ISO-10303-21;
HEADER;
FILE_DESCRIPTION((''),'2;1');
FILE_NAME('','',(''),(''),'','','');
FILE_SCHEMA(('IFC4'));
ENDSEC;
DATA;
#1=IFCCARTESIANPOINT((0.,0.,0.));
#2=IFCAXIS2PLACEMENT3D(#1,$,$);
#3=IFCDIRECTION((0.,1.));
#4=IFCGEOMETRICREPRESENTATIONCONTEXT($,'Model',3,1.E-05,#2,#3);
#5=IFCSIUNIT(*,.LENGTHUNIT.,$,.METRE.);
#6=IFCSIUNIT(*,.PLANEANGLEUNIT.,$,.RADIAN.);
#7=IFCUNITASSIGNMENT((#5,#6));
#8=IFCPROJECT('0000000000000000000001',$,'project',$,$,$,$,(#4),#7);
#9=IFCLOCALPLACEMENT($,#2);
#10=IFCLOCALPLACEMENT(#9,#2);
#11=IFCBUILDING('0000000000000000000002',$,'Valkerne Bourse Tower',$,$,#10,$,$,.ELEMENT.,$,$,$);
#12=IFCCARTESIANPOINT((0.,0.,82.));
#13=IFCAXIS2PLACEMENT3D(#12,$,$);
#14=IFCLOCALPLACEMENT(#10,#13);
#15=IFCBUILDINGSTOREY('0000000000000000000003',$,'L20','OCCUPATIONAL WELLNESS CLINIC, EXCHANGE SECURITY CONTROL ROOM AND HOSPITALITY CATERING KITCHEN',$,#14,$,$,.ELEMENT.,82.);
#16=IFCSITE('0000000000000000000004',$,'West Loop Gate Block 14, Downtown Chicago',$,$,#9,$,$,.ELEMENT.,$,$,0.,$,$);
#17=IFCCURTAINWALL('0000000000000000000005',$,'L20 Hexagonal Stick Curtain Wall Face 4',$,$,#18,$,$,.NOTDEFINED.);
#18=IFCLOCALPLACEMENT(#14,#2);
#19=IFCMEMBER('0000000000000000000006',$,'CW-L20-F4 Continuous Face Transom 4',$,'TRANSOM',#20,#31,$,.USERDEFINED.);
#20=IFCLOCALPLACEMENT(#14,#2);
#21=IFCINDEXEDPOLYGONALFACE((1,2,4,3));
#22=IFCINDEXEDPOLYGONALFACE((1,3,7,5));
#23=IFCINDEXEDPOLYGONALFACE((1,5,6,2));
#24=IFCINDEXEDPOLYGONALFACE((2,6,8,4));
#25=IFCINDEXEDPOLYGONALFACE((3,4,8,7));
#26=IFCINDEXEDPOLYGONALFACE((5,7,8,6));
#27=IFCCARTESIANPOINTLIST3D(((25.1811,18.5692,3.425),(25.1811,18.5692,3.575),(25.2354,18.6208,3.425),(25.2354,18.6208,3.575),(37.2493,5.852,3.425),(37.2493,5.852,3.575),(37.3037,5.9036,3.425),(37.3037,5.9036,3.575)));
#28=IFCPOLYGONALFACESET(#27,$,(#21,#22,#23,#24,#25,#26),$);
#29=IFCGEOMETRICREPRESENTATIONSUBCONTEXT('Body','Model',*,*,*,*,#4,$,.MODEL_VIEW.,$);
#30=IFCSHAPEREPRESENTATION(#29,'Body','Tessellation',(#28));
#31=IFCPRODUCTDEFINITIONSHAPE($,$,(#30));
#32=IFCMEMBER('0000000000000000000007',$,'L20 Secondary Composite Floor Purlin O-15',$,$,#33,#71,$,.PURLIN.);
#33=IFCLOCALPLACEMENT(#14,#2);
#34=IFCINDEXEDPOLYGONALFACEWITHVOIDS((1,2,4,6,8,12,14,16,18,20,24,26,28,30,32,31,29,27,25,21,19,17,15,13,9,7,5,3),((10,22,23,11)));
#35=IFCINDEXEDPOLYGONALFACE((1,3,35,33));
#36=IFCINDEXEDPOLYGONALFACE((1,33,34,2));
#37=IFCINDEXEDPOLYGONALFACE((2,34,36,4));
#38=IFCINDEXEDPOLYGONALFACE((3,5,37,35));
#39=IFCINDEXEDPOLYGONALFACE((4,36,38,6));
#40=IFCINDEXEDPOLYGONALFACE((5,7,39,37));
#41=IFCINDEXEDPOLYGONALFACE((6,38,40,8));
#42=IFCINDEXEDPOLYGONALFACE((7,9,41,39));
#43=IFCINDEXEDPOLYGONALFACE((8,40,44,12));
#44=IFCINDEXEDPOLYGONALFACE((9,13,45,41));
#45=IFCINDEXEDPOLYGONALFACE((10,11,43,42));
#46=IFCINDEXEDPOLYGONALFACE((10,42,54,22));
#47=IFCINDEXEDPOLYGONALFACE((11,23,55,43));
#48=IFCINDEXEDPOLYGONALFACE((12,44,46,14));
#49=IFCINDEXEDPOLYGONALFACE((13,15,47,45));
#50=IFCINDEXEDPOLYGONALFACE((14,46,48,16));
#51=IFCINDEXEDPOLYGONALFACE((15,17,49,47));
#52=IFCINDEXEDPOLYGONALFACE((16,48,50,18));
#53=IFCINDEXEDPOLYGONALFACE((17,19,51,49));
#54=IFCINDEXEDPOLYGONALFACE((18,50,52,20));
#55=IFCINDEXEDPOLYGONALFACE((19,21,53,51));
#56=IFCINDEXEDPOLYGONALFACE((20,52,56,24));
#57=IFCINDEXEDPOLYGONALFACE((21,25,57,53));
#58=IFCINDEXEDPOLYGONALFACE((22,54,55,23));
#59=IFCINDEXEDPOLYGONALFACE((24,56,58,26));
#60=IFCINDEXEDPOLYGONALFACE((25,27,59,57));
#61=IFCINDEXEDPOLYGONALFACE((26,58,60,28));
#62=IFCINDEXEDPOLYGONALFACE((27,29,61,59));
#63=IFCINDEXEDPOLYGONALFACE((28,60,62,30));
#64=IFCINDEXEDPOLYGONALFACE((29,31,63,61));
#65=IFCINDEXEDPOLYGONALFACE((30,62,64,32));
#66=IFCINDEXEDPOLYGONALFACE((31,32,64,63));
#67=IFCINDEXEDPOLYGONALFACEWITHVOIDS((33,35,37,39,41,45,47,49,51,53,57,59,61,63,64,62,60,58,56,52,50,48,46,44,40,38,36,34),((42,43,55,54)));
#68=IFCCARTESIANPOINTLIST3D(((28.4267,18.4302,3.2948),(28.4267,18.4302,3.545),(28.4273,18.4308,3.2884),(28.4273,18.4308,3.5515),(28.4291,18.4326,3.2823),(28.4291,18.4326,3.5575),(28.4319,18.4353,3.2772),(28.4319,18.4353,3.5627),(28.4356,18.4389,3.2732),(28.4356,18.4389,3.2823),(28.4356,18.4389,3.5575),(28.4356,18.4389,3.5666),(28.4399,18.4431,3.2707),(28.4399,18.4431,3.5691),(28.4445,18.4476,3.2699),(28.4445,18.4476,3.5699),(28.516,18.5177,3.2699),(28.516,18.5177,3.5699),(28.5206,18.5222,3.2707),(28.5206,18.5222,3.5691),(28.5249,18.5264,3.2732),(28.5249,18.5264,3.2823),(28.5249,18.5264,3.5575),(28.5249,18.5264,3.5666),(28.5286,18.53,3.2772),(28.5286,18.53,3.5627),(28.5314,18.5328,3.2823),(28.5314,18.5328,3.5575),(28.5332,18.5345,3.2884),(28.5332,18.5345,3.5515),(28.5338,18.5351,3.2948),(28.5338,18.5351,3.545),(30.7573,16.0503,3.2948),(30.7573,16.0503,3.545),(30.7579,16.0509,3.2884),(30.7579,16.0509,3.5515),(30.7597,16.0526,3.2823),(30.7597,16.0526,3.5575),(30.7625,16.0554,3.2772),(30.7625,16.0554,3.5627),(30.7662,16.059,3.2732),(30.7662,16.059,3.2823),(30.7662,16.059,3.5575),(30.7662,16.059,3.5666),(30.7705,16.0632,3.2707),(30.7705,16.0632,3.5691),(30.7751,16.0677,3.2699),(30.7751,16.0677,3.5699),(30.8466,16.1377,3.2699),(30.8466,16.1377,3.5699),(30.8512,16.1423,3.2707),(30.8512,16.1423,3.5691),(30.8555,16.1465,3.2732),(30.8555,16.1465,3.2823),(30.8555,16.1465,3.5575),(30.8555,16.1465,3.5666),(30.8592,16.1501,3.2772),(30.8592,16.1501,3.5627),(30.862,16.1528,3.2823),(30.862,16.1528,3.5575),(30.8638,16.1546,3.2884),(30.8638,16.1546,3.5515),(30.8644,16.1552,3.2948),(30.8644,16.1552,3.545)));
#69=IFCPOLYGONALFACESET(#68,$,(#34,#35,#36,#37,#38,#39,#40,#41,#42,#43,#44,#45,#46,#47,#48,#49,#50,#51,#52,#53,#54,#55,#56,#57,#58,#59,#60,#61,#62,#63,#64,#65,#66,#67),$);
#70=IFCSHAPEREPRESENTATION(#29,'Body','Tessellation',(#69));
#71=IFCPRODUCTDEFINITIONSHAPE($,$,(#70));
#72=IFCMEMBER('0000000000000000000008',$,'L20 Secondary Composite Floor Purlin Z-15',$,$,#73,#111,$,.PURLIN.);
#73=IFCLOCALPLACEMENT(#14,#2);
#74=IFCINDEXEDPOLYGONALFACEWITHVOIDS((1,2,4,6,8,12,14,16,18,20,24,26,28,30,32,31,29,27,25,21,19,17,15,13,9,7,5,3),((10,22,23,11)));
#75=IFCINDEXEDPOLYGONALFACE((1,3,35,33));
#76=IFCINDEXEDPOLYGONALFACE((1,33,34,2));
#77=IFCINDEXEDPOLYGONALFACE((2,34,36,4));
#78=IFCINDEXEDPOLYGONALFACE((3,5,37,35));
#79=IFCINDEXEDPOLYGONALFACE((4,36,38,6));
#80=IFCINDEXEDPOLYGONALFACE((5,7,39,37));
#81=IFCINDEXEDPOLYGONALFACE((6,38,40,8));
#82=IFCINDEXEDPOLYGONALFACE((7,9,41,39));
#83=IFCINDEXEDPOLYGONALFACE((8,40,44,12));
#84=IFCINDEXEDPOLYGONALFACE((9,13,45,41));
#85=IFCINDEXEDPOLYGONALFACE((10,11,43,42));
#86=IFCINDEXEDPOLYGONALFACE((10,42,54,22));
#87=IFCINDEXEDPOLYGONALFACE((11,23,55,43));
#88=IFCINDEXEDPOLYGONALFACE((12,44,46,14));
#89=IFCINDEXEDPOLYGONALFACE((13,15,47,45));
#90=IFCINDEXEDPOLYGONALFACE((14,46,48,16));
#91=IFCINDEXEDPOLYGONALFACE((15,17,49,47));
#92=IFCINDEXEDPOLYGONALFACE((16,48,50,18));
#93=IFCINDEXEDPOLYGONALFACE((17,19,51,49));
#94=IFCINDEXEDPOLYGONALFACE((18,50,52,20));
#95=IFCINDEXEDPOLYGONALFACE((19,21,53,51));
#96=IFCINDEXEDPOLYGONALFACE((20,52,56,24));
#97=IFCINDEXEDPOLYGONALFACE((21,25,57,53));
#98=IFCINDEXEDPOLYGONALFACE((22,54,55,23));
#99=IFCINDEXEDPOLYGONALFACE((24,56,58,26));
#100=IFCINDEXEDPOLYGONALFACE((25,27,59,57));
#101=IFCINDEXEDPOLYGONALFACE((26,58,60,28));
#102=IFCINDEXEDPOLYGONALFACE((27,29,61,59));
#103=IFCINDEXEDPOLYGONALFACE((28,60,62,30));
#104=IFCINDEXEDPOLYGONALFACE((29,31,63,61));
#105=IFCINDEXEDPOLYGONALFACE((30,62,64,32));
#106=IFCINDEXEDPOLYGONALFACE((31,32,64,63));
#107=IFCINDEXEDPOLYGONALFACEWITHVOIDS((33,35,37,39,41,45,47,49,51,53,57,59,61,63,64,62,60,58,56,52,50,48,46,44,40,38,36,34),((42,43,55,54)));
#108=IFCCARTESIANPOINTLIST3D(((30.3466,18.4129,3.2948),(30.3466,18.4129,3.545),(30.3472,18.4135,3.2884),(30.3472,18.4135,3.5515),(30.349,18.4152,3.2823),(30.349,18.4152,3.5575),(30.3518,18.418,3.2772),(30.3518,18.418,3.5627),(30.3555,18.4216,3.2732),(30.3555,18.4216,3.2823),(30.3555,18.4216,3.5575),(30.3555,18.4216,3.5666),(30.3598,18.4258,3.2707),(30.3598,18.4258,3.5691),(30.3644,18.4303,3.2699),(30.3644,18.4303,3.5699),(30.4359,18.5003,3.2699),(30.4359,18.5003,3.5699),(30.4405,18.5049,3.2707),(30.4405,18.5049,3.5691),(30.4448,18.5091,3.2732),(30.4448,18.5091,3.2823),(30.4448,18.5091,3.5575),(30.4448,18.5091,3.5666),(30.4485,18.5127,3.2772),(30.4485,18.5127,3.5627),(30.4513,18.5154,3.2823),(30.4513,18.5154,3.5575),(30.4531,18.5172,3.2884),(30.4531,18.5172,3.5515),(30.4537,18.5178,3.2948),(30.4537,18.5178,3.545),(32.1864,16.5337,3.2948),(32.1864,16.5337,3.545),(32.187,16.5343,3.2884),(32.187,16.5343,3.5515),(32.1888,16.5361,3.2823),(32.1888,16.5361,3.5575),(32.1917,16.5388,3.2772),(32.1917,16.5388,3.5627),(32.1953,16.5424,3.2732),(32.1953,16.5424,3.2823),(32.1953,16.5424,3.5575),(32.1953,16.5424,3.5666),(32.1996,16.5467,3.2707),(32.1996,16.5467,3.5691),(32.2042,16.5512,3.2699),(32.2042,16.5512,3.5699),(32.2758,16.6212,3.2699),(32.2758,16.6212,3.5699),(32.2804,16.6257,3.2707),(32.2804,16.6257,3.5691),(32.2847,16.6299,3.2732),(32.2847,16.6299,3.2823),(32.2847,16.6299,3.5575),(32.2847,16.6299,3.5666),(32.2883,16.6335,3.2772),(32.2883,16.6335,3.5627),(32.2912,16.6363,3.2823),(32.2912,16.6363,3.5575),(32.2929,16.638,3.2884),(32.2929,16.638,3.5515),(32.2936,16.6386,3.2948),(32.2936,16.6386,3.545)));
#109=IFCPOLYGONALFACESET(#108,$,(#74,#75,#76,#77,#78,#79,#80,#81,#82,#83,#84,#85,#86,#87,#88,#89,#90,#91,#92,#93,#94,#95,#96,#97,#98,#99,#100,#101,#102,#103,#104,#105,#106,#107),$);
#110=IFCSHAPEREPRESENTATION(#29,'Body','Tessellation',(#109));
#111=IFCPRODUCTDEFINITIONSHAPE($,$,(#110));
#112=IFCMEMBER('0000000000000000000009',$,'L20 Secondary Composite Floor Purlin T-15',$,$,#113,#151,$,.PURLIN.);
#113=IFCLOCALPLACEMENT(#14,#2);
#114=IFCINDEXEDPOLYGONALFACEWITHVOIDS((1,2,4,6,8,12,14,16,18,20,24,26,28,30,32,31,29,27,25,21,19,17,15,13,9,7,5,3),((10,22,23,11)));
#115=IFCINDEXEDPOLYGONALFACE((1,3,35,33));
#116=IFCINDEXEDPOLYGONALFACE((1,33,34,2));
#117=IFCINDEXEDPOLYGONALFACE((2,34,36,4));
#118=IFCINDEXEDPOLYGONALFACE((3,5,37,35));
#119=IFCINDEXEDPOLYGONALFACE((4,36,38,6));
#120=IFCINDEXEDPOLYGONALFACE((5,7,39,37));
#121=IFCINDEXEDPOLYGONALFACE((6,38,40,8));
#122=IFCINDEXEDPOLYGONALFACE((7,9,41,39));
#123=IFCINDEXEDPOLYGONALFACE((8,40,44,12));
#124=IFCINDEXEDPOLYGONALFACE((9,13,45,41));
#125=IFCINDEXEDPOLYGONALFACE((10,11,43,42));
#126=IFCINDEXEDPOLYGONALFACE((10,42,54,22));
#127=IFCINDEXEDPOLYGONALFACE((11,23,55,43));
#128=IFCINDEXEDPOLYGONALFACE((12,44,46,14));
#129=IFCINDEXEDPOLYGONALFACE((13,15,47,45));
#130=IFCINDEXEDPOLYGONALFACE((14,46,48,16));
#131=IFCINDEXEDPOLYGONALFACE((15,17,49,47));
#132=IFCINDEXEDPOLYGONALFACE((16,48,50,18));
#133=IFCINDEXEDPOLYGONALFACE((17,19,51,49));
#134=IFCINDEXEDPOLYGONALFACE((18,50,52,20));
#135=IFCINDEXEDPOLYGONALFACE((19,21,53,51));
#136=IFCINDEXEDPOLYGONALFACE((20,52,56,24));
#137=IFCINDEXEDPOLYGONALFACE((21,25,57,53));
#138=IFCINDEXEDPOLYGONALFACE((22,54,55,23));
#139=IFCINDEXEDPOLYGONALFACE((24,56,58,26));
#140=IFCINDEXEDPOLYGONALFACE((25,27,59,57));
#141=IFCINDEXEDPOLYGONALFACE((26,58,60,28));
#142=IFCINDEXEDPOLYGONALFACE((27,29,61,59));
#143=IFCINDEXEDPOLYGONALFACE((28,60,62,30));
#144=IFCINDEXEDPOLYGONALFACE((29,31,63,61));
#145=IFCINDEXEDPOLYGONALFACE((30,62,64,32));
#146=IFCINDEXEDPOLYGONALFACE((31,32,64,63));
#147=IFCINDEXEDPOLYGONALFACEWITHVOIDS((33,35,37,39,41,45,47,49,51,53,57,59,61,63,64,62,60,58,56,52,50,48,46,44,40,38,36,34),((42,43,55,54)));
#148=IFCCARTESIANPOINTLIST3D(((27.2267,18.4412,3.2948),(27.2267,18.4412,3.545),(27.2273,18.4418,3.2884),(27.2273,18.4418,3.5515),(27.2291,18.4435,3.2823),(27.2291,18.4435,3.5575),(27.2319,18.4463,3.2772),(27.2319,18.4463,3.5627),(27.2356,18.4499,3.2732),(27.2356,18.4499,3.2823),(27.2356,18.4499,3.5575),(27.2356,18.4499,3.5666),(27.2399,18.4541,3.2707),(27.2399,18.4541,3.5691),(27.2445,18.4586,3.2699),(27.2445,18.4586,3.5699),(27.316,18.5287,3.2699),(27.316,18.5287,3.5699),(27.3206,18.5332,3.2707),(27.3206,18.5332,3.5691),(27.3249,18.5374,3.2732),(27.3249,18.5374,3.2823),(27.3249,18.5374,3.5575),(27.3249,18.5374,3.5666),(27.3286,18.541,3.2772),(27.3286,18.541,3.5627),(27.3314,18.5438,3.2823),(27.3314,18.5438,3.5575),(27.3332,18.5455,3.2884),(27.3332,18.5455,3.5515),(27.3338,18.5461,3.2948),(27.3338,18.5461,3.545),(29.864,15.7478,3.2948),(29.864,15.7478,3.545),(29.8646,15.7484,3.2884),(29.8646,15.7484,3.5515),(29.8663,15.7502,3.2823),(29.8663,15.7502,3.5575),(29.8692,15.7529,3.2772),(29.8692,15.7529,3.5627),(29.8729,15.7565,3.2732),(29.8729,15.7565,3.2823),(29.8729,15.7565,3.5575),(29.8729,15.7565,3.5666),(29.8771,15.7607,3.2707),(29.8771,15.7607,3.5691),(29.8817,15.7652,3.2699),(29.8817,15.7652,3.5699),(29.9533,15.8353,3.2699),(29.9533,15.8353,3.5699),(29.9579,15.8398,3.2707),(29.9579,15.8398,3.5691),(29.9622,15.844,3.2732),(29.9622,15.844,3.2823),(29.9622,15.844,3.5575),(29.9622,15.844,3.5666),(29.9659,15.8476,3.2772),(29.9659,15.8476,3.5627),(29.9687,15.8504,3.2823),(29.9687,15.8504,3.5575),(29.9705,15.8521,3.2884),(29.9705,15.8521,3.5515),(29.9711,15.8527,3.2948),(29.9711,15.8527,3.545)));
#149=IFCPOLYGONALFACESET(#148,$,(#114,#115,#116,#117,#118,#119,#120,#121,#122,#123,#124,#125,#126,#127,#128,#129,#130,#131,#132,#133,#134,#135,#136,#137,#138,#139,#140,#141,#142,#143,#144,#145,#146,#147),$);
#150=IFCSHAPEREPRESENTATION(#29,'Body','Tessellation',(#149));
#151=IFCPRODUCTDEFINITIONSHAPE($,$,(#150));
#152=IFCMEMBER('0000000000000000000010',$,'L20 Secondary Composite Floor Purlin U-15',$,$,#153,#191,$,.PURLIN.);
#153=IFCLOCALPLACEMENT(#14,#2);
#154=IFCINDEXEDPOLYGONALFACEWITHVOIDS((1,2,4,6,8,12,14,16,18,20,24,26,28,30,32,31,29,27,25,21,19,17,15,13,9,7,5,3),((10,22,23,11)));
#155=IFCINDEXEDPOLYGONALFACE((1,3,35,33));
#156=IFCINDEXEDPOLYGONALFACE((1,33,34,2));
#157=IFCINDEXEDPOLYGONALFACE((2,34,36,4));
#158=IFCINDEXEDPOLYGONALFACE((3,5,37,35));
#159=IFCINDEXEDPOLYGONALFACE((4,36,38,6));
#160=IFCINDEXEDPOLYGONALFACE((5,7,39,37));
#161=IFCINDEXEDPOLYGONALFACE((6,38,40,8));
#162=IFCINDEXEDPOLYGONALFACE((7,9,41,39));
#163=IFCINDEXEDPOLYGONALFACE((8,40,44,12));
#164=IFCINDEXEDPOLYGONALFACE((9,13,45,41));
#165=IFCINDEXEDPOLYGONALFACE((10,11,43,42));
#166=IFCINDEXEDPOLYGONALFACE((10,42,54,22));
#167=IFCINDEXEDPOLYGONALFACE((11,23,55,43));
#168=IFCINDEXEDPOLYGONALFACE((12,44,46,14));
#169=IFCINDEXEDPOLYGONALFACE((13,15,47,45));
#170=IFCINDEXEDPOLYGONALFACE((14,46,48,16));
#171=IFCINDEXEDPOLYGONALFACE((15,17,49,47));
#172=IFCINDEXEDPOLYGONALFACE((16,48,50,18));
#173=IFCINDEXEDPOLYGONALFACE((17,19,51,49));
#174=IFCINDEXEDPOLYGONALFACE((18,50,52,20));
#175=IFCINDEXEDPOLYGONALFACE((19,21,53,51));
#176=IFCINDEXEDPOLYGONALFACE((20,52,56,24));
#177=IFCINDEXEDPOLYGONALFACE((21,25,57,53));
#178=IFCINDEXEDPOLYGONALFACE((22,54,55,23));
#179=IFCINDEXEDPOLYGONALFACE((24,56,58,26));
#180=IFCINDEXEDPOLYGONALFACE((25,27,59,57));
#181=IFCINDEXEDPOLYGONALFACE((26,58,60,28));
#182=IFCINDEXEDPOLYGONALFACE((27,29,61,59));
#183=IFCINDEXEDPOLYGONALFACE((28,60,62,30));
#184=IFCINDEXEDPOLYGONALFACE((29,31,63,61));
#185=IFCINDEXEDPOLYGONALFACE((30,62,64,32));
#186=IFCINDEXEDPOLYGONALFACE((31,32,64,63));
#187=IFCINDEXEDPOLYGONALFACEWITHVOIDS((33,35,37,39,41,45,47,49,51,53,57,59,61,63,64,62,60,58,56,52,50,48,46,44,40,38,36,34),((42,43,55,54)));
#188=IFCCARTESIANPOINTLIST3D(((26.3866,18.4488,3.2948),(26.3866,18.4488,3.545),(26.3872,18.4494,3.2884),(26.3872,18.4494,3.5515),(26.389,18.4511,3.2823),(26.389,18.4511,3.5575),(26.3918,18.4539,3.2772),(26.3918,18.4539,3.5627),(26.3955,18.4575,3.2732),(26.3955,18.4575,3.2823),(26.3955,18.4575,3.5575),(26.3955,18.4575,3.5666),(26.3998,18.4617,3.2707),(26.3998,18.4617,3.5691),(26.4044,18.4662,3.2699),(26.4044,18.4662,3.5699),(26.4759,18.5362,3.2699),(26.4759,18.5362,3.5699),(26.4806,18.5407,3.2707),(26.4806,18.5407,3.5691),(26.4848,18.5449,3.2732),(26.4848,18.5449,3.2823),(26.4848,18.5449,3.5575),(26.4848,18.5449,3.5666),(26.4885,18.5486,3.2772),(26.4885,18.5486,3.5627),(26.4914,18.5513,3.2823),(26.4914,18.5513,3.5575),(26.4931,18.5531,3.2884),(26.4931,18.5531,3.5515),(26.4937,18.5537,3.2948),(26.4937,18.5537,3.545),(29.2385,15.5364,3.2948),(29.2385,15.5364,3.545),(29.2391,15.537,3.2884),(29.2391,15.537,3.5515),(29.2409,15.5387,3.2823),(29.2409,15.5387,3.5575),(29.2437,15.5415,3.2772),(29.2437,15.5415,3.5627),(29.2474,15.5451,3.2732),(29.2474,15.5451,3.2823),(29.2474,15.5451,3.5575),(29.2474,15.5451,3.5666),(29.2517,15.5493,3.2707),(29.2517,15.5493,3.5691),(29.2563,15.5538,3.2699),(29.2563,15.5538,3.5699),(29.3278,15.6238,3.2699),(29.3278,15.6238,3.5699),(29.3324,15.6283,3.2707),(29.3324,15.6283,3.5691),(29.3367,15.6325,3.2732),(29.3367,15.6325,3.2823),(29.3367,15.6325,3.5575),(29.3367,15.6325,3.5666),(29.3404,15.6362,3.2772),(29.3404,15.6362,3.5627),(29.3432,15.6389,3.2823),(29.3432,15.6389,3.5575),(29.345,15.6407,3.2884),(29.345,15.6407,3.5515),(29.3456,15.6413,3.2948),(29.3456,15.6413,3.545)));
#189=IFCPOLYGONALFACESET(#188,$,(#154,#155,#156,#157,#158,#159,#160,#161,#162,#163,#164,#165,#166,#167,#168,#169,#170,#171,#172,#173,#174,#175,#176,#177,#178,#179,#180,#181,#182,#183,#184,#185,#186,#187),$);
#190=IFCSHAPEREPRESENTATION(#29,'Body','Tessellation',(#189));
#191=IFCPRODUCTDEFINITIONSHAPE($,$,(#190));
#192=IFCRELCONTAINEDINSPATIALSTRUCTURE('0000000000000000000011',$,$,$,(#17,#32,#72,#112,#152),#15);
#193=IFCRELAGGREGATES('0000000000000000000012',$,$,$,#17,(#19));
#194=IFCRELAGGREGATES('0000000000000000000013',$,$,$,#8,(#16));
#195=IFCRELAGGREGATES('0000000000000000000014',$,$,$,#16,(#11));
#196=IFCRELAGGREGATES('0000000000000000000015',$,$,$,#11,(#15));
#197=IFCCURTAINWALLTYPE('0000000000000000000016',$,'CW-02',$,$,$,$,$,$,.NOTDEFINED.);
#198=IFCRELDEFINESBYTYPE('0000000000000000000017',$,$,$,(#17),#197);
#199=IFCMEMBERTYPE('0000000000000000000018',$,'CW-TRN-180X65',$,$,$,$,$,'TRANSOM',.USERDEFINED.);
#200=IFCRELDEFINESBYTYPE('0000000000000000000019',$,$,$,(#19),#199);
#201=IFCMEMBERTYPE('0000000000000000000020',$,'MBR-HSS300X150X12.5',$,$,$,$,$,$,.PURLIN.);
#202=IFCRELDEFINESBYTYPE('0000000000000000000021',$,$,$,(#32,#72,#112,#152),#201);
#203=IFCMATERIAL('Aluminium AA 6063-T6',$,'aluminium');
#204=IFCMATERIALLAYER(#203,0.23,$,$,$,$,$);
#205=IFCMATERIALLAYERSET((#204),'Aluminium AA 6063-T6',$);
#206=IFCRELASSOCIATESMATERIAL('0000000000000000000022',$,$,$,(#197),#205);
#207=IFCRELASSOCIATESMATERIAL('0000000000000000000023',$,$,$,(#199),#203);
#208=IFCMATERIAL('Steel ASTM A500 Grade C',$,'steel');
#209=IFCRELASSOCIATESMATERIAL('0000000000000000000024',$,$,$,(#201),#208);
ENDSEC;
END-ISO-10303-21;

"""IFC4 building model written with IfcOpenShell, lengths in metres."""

from ifc_helpers import new_model, si_unit, direction, frame, origin, origin_2d, place, context, subcontext, project, spatial, rectangle, hollow_rectangle, extrude, material, layer, layer_set, material_profile, profile_set, type_object, element, aggregate, save


model = new_model("IFC4")

# Units and contexts
model_context = context("Model", 3, precision=1e-05, world=origin(), true_north=direction((0.0, 1.0)))
body_context = subcontext(model_context, "Body", "Model", "MODEL_VIEW")
ifc_project = project(units=[si_unit("LENGTHUNIT", "METRE"), si_unit("PLANEANGLEUNIT", "RADIAN")], contexts=[model_context])

# Site, building, storey
site_placement = place(None, origin())
site = spatial("IfcSite", under=ifc_project, at=site_placement, Name="West Loop Gate Block 14, Downtown Chicago", CompositionType="ELEMENT", RefElevation=0.0)
building_placement = place(site_placement, origin())
building = spatial("IfcBuilding", under=site, at=building_placement, Name="Valkerne Bourse Tower", CompositionType="ELEMENT")
storey_placement = place(building_placement, frame((0.0, 0.0, 82.0)))
storey = spatial("IfcBuildingStorey", under=building, at=storey_placement, Name="L20", Description="OCCUPATIONAL WELLNESS CLINIC, EXCHANGE SECURITY CONTROL ROOM AND HOSPITALITY CATERING KITCHEN", CompositionType="ELEMENT", Elevation=82.0)

# Curtain wall, member
ifc_material_1 = material(Name="Aluminium AA 6063-T6", Category="aluminium")
ifc_layer_1 = layer(ifc_material_1, 0.23)
ifc_layer_set_1 = layer_set([ifc_layer_1], Name="Aluminium AA 6063-T6")
curtain_wall_type = type_object("IfcCurtainWallType", Name="CW-02", PredefinedType="NOTDEFINED", material=ifc_layer_set_1)
curtain_wall_placement = place(storey_placement, origin())
curtain_wall = element("IfcCurtainWall", 1, at=curtain_wall_placement, inside=storey, type_object=curtain_wall_type, Name="L20 Hexagonal Stick Curtain Wall Face 4", PredefinedType="NOTDEFINED")
ifc_material_profile_1 = material_profile(ifc_material_1, rectangle(XDim=0.075, YDim=0.1499, at=origin_2d()), Name="CWT-75X150")
ifc_profile_set_1 = profile_set([ifc_material_profile_1], Name="Aluminium AA 6063-T6")
member_type_1 = type_object("IfcMemberType", Name="CW-TRN-180X65", ElementType="TRANSOM", PredefinedType="USERDEFINED", material=ifc_profile_set_1)
member_1_placement = place(storey_placement, frame((25.2083, 18.595, 3.5), z_axis=(0.688358, -0.725371, 0.0), x_axis=(0.725371, 0.688358, 0.0)))
member_1 = element("IfcMember", 2, at=member_1_placement, type_object=member_type_1, Name="CW-L20-F4 Continuous Face Transom 4", ObjectType="TRANSOM", PredefinedType="USERDEFINED", context=body_context, shape_type="SweptSolid", body=[
    extrude(rectangle(XDim=0.075, YDim=0.1499, at=origin_2d()), origin(), (0.0, 0.0, 1.0), 17.532),
])
aggregate(curtain_wall, [member_1])

# Members
ifc_material_2 = material(Name="Steel ASTM A500 Grade C", Category="steel")
ifc_material_profile_2 = material_profile(ifc_material_2, hollow_rectangle(XDim=0.1499, YDim=0.3, WallThickness=0.0125, OuterFilletRadius=0.0249, at=origin_2d()), Name="HSS300X150X12.5")
ifc_profile_set_2 = profile_set([ifc_material_profile_2], Name="Steel ASTM A500 Grade C")
member_type_2 = type_object("IfcMemberType", Name="MBR-HSS300X150X12.5", PredefinedType="PURLIN", material=ifc_profile_set_2)
member_2_placement = place(storey_placement, frame((28.4802, 18.4827, 3.4199), z_axis=(0.699665, -0.714471, 0.0), x_axis=(0.714471, 0.699665, 0.0)))
element("IfcMember", 3, at=member_2_placement, inside=storey, type_object=member_type_2, Name="L20 Secondary Composite Floor Purlin O-15", PredefinedType="PURLIN", context=body_context, shape_type="SweptSolid", body=[
    extrude(hollow_rectangle(XDim=0.1499, YDim=0.3, WallThickness=0.0125, OuterFilletRadius=0.0249, at=origin_2d()), origin(), (0.0, 0.0, 1.0), 3.3311),
])
member_3_placement = place(storey_placement, frame((30.4001, 18.4653, 3.4199), z_axis=(0.699594, -0.71454, 0.0), x_axis=(0.71454, 0.699594, 0.0)))
element("IfcMember", 4, at=member_3_placement, inside=storey, type_object=member_type_2, Name="L20 Secondary Composite Floor Purlin Z-15", PredefinedType="PURLIN", context=body_context, shape_type="SweptSolid", body=[
    extrude(hollow_rectangle(XDim=0.1499, YDim=0.3, WallThickness=0.0125, OuterFilletRadius=0.0249, at=origin_2d()), origin(), (0.0, 0.0, 1.0), 2.6299),
])
member_4_placement = place(storey_placement, frame((27.2803, 18.4937, 3.4199), z_axis=(0.699619, -0.714516, 0.0), x_axis=(0.714516, 0.699619, 0.0)))
element("IfcMember", 5, at=member_4_placement, inside=storey, type_object=member_type_2, Name="L20 Secondary Composite Floor Purlin T-15", PredefinedType="PURLIN", context=body_context, shape_type="SweptSolid", body=[
    extrude(hollow_rectangle(XDim=0.1499, YDim=0.3, WallThickness=0.0125, OuterFilletRadius=0.0249, at=origin_2d()), origin(), (0.0, 0.0, 1.0), 3.7695),
])
member_5_placement = place(storey_placement, frame((26.4402, 18.5012, 3.4199), z_axis=(0.699641, -0.714495, 0.0), x_axis=(0.714495, 0.699641, 0.0)))
element("IfcMember", 6, at=member_5_placement, inside=storey, type_object=member_type_2, Name="L20 Secondary Composite Floor Purlin U-15", PredefinedType="PURLIN", context=body_context, shape_type="SweptSolid", body=[
    extrude(hollow_rectangle(XDim=0.1499, YDim=0.3, WallThickness=0.0125, OuterFilletRadius=0.0249, at=origin_2d()), origin(), (0.0, 0.0, 1.0), 4.0762),
])

save(model, "model.ifc")
